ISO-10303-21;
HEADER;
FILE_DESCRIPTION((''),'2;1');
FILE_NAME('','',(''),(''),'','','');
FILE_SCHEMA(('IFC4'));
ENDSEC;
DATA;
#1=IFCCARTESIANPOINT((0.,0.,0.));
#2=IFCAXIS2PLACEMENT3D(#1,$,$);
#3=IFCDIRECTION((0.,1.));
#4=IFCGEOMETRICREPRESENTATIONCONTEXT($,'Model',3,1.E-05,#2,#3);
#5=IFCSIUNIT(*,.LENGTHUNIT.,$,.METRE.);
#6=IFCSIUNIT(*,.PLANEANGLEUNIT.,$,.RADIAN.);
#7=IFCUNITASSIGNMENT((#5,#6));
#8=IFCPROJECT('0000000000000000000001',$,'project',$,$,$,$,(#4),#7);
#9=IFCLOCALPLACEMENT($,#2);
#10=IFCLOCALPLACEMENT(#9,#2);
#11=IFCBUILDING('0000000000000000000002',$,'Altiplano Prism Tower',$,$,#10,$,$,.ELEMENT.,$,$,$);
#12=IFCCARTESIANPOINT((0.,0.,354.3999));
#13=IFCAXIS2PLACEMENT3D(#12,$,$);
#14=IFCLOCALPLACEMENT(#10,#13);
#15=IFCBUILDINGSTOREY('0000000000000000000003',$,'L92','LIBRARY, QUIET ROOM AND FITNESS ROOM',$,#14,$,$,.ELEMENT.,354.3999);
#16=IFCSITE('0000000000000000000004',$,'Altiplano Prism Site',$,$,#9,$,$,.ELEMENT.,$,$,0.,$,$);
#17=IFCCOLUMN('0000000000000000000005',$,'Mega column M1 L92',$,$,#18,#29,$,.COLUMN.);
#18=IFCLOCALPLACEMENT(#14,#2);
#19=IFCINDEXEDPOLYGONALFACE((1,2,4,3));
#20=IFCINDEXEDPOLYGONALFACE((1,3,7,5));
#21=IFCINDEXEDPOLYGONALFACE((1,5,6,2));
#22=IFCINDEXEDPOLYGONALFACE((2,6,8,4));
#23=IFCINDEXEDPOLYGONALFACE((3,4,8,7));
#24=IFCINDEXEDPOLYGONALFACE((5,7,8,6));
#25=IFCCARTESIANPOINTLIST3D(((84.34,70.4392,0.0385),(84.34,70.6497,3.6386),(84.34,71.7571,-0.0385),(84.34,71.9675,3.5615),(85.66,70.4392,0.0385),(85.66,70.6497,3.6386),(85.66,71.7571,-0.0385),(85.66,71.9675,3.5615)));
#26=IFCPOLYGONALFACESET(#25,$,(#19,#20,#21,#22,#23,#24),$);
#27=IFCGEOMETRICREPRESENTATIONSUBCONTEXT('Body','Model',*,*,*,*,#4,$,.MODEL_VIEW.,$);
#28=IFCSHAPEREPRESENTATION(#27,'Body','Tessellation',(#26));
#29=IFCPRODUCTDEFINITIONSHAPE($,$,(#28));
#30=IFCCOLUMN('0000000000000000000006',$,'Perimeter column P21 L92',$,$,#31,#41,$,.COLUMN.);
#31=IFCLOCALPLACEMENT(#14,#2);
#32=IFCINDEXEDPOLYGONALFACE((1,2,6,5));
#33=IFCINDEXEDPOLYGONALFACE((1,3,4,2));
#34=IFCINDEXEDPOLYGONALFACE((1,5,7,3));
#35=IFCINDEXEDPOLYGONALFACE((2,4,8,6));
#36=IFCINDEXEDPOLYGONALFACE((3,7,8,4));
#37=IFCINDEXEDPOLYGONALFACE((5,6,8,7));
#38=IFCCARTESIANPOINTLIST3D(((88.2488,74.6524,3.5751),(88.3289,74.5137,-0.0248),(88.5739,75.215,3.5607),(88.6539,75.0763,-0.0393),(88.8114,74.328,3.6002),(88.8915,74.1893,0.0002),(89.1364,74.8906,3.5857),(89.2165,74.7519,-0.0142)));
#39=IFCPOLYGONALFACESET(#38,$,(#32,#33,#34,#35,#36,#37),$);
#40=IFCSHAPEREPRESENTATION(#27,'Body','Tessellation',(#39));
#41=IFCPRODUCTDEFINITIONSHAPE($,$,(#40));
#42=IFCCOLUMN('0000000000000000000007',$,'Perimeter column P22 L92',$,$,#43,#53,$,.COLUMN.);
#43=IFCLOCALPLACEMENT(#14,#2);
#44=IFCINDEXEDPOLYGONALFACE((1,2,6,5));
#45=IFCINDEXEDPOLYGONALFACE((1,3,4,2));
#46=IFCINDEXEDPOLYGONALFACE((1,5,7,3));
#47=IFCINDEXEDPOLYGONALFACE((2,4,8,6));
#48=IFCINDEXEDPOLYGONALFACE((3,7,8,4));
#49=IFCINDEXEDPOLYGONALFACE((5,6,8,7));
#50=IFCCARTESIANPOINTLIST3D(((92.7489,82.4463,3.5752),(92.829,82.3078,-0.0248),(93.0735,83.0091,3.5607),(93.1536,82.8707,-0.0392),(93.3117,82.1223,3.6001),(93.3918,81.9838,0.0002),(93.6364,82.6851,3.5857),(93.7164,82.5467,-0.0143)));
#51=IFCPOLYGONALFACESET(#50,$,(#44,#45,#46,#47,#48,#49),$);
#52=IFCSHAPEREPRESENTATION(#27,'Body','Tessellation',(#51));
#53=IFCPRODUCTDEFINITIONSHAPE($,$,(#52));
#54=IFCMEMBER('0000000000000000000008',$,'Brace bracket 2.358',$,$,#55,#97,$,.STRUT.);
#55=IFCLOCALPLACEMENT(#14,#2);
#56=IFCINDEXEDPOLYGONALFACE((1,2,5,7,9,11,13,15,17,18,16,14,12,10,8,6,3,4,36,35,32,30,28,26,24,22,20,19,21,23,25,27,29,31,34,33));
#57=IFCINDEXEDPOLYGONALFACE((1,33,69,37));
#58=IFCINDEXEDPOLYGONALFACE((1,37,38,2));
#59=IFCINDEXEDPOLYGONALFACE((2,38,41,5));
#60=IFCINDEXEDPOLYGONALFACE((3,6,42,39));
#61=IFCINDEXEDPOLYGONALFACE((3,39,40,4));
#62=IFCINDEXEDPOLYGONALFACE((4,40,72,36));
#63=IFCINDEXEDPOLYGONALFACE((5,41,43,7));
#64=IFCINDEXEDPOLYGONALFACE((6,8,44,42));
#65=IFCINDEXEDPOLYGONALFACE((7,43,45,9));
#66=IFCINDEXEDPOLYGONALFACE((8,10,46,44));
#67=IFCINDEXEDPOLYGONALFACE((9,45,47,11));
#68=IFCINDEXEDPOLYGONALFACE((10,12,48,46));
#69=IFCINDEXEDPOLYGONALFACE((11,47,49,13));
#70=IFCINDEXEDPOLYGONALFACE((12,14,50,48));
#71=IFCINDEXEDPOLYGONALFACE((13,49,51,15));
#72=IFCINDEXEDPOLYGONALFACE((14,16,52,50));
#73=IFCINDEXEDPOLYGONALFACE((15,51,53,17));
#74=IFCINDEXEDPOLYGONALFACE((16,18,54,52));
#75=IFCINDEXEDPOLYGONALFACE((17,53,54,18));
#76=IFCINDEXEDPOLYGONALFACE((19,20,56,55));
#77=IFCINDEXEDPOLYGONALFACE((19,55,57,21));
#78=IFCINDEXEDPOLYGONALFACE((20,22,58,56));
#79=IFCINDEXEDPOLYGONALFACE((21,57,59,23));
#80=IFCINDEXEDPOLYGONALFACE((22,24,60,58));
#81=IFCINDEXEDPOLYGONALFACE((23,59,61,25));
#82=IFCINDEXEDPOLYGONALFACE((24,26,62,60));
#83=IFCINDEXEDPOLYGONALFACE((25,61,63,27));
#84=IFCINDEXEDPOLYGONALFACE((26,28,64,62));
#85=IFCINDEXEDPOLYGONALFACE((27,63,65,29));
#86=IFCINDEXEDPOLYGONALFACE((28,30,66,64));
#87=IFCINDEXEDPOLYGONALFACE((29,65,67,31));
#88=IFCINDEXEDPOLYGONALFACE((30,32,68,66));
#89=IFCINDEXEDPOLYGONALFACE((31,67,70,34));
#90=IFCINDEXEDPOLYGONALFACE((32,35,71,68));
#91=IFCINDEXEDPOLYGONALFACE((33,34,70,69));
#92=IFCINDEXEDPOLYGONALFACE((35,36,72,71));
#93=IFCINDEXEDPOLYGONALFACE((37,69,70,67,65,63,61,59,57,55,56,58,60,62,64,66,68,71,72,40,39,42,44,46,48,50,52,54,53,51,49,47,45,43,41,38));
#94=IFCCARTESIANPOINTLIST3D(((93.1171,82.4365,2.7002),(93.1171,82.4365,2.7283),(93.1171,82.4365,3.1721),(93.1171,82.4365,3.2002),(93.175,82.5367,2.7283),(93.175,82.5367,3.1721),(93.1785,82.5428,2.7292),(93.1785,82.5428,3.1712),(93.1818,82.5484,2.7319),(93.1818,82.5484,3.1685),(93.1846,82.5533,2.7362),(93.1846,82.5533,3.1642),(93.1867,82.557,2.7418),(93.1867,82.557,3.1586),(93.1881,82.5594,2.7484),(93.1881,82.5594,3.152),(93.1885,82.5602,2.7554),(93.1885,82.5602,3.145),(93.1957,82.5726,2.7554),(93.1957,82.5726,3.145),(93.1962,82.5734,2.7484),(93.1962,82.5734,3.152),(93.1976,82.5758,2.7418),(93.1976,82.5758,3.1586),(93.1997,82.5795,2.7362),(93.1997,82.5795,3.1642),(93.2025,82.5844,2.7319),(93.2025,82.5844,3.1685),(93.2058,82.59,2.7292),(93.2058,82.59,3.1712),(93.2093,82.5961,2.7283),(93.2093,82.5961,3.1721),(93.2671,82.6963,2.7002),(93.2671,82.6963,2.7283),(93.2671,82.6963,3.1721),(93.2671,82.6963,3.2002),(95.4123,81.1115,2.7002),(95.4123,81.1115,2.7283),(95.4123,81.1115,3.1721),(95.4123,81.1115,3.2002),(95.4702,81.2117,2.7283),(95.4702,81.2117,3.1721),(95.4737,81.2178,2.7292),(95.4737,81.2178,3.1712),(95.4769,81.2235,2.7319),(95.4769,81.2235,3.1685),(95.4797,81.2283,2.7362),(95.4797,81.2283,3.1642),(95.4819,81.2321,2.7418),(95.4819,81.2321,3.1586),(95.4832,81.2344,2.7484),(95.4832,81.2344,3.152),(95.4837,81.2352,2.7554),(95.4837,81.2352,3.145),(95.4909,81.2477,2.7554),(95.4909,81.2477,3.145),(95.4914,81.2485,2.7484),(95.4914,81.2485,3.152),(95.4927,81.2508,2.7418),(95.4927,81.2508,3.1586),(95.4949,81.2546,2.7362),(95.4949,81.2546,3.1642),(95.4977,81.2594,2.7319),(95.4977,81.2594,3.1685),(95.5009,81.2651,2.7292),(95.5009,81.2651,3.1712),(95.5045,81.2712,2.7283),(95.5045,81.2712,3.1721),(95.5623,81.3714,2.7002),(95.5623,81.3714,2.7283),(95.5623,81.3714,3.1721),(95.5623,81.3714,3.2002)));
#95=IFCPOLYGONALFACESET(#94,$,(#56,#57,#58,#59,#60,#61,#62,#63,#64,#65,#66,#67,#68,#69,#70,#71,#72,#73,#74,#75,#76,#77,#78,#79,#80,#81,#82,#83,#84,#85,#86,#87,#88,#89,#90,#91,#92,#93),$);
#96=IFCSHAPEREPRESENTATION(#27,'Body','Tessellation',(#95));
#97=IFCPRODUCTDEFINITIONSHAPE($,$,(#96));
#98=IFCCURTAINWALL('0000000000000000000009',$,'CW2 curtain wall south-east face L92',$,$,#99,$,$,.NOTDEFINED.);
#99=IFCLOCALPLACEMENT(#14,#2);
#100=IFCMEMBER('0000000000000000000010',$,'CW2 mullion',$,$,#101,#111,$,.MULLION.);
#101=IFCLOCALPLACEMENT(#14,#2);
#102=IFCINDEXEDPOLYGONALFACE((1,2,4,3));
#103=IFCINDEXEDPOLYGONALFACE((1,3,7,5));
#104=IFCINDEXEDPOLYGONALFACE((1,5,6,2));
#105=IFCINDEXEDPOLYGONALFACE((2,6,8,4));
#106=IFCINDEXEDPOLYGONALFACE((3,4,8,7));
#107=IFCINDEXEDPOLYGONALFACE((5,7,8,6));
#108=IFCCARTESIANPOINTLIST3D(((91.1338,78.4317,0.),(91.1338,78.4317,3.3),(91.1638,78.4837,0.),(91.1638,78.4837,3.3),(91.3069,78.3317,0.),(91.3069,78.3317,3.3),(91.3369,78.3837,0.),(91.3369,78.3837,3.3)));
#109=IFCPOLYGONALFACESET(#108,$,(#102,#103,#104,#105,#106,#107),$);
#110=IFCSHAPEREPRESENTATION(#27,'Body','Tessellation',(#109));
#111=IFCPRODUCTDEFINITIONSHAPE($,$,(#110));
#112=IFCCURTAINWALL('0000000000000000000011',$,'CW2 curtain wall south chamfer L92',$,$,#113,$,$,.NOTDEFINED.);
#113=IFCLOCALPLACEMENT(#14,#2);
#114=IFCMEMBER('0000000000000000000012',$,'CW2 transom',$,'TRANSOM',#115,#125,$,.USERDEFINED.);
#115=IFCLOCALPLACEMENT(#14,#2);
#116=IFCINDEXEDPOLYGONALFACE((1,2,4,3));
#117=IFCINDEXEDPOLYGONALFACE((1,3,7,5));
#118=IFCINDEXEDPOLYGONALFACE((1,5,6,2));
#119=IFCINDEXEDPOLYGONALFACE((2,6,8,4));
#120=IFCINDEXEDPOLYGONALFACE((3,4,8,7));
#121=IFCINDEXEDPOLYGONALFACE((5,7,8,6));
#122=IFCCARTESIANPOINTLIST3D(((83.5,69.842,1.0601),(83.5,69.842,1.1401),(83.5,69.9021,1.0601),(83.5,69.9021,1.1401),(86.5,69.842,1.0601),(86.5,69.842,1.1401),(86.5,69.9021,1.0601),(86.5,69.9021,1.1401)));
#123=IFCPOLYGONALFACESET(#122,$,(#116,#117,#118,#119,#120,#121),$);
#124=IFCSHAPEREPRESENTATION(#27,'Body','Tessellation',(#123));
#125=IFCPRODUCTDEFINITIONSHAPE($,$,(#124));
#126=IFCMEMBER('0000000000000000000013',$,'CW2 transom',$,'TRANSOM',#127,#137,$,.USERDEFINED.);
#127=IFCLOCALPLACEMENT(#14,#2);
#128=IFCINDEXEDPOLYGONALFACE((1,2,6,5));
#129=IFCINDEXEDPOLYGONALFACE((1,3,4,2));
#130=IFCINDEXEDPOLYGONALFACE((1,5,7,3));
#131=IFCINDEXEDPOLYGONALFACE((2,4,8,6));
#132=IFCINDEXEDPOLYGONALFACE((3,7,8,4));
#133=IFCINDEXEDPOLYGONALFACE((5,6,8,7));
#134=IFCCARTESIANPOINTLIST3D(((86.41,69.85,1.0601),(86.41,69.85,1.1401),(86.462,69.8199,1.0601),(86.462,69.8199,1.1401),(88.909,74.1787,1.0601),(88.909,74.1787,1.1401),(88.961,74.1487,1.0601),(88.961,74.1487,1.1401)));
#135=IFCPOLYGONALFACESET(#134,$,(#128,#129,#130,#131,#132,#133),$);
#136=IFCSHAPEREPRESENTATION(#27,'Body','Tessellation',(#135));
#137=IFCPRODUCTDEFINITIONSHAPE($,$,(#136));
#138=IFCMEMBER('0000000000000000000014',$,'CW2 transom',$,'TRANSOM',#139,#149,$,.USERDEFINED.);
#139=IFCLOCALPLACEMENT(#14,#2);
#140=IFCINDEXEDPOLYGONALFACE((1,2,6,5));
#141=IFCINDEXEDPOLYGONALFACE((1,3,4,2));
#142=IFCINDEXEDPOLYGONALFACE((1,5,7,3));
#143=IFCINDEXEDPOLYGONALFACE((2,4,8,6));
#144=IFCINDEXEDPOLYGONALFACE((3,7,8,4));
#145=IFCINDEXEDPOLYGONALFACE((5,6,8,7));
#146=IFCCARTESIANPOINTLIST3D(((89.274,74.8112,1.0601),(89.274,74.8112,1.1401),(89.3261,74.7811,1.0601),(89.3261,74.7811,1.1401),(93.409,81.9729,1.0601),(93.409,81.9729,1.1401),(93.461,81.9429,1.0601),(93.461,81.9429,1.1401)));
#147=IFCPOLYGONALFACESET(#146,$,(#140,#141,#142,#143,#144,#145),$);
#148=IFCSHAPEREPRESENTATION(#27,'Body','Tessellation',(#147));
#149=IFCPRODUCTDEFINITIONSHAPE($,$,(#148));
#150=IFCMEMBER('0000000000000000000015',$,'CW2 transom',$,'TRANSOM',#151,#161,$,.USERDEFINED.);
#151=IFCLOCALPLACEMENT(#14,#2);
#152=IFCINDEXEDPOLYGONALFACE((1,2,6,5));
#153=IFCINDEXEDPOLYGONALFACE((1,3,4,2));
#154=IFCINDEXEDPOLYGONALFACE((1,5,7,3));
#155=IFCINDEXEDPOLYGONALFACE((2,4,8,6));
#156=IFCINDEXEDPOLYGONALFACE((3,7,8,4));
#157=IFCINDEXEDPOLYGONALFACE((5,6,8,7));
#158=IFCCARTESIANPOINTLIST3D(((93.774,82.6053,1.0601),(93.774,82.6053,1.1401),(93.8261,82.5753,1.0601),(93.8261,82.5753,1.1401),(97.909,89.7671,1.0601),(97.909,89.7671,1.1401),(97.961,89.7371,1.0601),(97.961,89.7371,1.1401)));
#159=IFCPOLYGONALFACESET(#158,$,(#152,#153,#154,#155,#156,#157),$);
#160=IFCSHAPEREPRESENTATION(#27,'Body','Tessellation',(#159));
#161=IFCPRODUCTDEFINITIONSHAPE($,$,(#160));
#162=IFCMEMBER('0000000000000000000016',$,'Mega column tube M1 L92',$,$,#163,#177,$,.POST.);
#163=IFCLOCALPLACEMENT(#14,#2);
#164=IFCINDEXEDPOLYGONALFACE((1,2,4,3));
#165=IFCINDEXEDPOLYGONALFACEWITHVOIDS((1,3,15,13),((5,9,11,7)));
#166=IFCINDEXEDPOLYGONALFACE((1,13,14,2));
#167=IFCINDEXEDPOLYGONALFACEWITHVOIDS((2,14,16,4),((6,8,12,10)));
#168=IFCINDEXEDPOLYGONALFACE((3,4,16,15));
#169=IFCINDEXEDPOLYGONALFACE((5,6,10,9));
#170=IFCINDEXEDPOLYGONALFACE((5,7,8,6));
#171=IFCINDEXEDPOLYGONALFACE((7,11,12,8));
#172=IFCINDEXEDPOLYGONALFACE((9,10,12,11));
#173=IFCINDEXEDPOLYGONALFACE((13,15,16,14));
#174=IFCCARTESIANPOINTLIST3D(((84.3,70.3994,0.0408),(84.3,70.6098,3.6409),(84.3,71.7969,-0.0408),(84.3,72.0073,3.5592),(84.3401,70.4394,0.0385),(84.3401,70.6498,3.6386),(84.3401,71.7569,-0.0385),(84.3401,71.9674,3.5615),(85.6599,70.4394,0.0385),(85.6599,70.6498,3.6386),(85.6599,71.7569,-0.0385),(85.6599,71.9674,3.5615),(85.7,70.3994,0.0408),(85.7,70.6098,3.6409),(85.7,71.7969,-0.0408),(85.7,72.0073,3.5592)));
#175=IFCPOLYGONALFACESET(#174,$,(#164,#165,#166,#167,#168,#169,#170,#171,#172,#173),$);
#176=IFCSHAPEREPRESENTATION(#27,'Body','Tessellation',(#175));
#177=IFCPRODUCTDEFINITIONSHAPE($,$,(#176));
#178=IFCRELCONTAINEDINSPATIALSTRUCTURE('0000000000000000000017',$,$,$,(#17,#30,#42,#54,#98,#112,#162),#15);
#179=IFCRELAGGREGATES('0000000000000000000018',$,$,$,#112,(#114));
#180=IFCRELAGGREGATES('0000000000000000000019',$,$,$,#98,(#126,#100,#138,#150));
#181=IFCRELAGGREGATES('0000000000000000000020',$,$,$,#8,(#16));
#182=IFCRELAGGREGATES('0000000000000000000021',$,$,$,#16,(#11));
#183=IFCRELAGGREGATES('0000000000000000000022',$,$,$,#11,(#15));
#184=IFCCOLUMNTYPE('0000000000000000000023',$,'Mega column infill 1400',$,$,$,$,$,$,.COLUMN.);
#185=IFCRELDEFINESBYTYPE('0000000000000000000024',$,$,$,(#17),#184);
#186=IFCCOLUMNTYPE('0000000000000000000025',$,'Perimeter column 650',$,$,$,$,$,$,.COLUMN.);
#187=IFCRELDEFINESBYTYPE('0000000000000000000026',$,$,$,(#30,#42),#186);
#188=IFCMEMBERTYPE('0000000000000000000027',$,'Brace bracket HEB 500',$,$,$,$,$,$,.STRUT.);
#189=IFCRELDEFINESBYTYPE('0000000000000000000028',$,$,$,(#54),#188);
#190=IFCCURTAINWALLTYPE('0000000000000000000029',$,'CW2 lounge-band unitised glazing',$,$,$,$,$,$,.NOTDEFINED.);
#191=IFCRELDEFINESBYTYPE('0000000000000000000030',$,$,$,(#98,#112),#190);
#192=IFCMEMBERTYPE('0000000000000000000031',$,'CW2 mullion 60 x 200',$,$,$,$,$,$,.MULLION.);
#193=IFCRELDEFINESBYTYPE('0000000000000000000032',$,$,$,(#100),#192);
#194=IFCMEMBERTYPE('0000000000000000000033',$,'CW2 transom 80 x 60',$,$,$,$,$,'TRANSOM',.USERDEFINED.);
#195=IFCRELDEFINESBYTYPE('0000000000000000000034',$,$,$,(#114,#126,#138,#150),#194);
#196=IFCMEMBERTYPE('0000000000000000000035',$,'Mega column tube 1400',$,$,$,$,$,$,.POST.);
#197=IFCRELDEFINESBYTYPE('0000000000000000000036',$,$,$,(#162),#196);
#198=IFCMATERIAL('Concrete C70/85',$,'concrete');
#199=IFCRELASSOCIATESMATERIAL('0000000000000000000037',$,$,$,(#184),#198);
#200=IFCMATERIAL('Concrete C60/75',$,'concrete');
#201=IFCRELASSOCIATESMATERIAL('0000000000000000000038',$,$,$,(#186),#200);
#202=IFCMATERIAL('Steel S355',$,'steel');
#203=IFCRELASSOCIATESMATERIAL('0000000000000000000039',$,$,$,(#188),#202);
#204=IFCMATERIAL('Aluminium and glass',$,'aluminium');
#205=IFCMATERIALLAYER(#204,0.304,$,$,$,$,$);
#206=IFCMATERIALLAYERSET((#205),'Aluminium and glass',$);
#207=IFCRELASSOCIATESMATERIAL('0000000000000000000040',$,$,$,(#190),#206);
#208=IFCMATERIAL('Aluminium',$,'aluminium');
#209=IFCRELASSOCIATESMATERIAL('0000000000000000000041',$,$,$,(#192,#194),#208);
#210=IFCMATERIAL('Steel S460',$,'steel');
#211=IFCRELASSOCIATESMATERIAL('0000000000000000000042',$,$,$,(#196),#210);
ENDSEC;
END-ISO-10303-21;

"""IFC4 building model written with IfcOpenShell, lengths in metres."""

from ifc_helpers import new_model, si_unit, direction, frame, origin, origin_2d, place, context, subcontext, project, spatial, rectangle, hollow_rectangle, i_section, extrude, material, layer, layer_set, material_profile, profile_set, type_object, element, aggregate, save


model = new_model("IFC4")

# Units and contexts
model_context = context("Model", 3, precision=1e-05, world=origin(), true_north=direction((0.0, 1.0)))
body_context = subcontext(model_context, "Body", "Model", "MODEL_VIEW")
ifc_project = project(units=[si_unit("LENGTHUNIT", "METRE"), si_unit("PLANEANGLEUNIT", "RADIAN")], contexts=[model_context])

# Site, building, storey
site_placement = place(None, origin())
site = spatial("IfcSite", under=ifc_project, at=site_placement, Name="Altiplano Prism Site", CompositionType="ELEMENT", RefElevation=0.0)
building_placement = place(site_placement, origin())
building = spatial("IfcBuilding", under=site, at=building_placement, Name="Altiplano Prism Tower", CompositionType="ELEMENT")
storey_placement = place(building_placement, frame((0.0, 0.0, 354.3999)))
storey = spatial("IfcBuildingStorey", under=building, at=storey_placement, Name="L92", Description="LIBRARY, QUIET ROOM AND FITNESS ROOM", CompositionType="ELEMENT", Elevation=354.3999)

# Columns
ifc_material_1 = material(Name="Concrete C70/85", Category="concrete")
ifc_material_profile_1 = material_profile(ifc_material_1, rectangle(XDim=1.3201, YDim=1.3201, at=origin_2d()), Name="Mega column infill 1400")
ifc_profile_set_1 = profile_set([ifc_material_profile_1], Name="Concrete C70/85")
column_type_1 = type_object("IfcColumnType", Name="Mega column infill 1400", PredefinedType="COLUMN", material=ifc_profile_set_1)
column_placement = place(storey_placement, frame((85.0, 71.0981, 0.0), z_axis=(0.0, 0.058357, 0.998296), x_axis=(-1.0, 0.0, 0.0)))
element("IfcColumn", 1, at=column_placement, inside=storey, type_object=column_type_1, Name="Mega column M1 L92", PredefinedType="COLUMN", context=body_context, shape_type="SweptSolid", body=[
    extrude(rectangle(XDim=1.3201, YDim=1.3201, at=origin_2d()), origin(), (0.0, 0.0, 1.0), 3.6062),
])
ifc_material_2 = material(Name="Concrete C60/75", Category="concrete")
ifc_material_profile_2 = material_profile(ifc_material_2, rectangle(XDim=0.6499, YDim=0.6499, at=origin_2d()), Name="Perimeter column 650")
ifc_profile_set_2 = profile_set([ifc_material_profile_2], Name="Concrete C60/75")
column_type_2 = type_object("IfcColumnType", Name="Perimeter column 650", PredefinedType="COLUMN", material=ifc_profile_set_2)
for number, where, z_axis, x_axis, name in (
    (2, (88.7727, 74.6328, -0.0195), (-0.022223, 0.038483, 0.999012), (-0.500175, -0.865639, 0.022219), "Perimeter column P21 L92"),
    (3, (93.2727, 82.4272, -0.0195), (-0.022223, 0.038416, 0.999015), (-0.499513, -0.866022, 0.02219), "Perimeter column P22 L92"),
):
    element("IfcColumn", number, at=place(storey_placement, frame(where, z_axis=z_axis, x_axis=x_axis)), inside=storey, type_object=column_type_2, Name=name, PredefinedType="COLUMN", context=body_context, shape_type="SweptSolid", body=[
        extrude(rectangle(XDim=0.6499, YDim=0.6499, at=origin_2d()), origin(), (0.0, 0.0, 1.0), 3.6035),
    ])

# Member
ifc_material_3 = material(Name="Steel S355", Category="steel")
ifc_material_profile_3 = material_profile(ifc_material_3, i_section(OverallWidth=0.3, OverallDepth=0.5, WebThickness=0.0144, FlangeThickness=0.0281, FilletRadius=0.0271, at=origin_2d()), Name="Brace bracket HEB 500")
ifc_profile_set_3 = profile_set([ifc_material_profile_3], Name="Steel S355")
member_type_1 = type_object("IfcMemberType", Name="Brace bracket HEB 500", PredefinedType="STRUT", material=ifc_profile_set_3)
member_1_placement = place(storey_placement, frame((93.1921, 82.5664, 2.9502), z_axis=(0.866052, -0.499954, 0.0), x_axis=(0.499954, 0.866052, 0.0)))
element("IfcMember", 4, at=member_1_placement, inside=storey, type_object=member_type_1, Name="Brace bracket 2.358", PredefinedType="STRUT", context=body_context, shape_type="SweptSolid", body=[
    extrude(i_section(OverallWidth=0.3, OverallDepth=0.5, WebThickness=0.0144, FlangeThickness=0.0281, FilletRadius=0.0271, at=origin_2d()), origin(), (0.0, 0.0, 1.0), 2.6501),
])

# Curtain walls, members
ifc_material_4 = material(Name="Aluminium and glass", Category="aluminium")
ifc_layer_1 = layer(ifc_material_4, 0.304)
ifc_layer_set_1 = layer_set([ifc_layer_1], Name="Aluminium and glass")
curtain_wall_type = type_object("IfcCurtainWallType", Name="CW2 lounge-band unitised glazing", PredefinedType="NOTDEFINED", material=ifc_layer_set_1)
curtain_wall_1_placement = place(storey_placement, origin())
curtain_wall_1 = element("IfcCurtainWall", 5, at=curtain_wall_1_placement, inside=storey, type_object=curtain_wall_type, Name="CW2 curtain wall south-east face L92", PredefinedType="NOTDEFINED")
ifc_material_5 = material(Name="Aluminium", Category="aluminium")
ifc_material_profile_4 = material_profile(ifc_material_5, rectangle(XDim=0.2, YDim=0.0601, at=origin_2d()), Name="CW2 mullion 60 x 200")
ifc_profile_set_4 = profile_set([ifc_material_profile_4], Name="Aluminium")
member_type_2 = type_object("IfcMemberType", Name="CW2 mullion 60 x 200", PredefinedType="MULLION", material=ifc_profile_set_4)
member_2_placement = place(storey_placement, frame((91.2354, 78.4077, 0.0), z_axis=(0.0, 0.0, 1.0), x_axis=(-0.866025, 0.5, 0.0)))
member_2 = element("IfcMember", 6, at=member_2_placement, type_object=member_type_2, Name="CW2 mullion", PredefinedType="MULLION", context=body_context, shape_type="SweptSolid", body=[
    extrude(rectangle(XDim=0.2, YDim=0.0601, at=origin_2d()), origin(), (0.0, 0.0, 1.0), 3.3),
])
curtain_wall_2_placement = place(storey_placement, origin())
curtain_wall_2 = element("IfcCurtainWall", 7, at=curtain_wall_2_placement, inside=storey, type_object=curtain_wall_type, Name="CW2 curtain wall south chamfer L92", PredefinedType="NOTDEFINED")
ifc_material_profile_5 = material_profile(ifc_material_5, rectangle(XDim=0.0601, YDim=0.0801, at=origin_2d()), Name="CW2 transom 80 x 60")
ifc_profile_set_5 = profile_set([ifc_material_profile_5], Name="Aluminium")
member_type_3 = type_object("IfcMemberType", Name="CW2 transom 80 x 60", ElementType="TRANSOM", PredefinedType="USERDEFINED", material=ifc_profile_set_5)
member_3_placement = place(storey_placement, frame((83.5, 69.8721, 1.1001), z_axis=(1.0, 0.0, 0.0), x_axis=(0.0, 1.0, 0.0)))
member_3 = element("IfcMember", 8, at=member_3_placement, type_object=member_type_3, Name="CW2 transom", ObjectType="TRANSOM", PredefinedType="USERDEFINED", context=body_context, shape_type="SweptSolid", body=[
    extrude(rectangle(XDim=0.0601, YDim=0.0801, at=origin_2d()), origin(), (0.0, 0.0, 1.0), 3.0),
])

# Members
member_4_placement = place(storey_placement, frame((86.436, 69.835, 1.1001), z_axis=(0.499963, 0.866047, 0.0), x_axis=(-0.866047, 0.499963, 0.0)))
member_4 = element("IfcMember", 9, at=member_4_placement, type_object=member_type_3, Name="CW2 transom", ObjectType="TRANSOM", PredefinedType="USERDEFINED", context=body_context, shape_type="SweptSolid", body=[
    extrude(rectangle(XDim=0.0601, YDim=0.0801, at=origin_2d()), origin(), (0.0, 0.0, 1.0), 4.9983),
])
member_5_placement = place(storey_placement, frame((89.3, 74.7961, 1.1001), z_axis=(0.50001, 0.86602, 0.0), x_axis=(-0.86602, 0.50001, 0.0)))
member_5 = element("IfcMember", 10, at=member_5_placement, type_object=member_type_3, Name="CW2 transom", ObjectType="TRANSOM", PredefinedType="USERDEFINED", context=body_context, shape_type="SweptSolid", body=[
    extrude(rectangle(XDim=0.0601, YDim=0.0801, at=origin_2d()), origin(), (0.0, 0.0, 1.0), 8.2698),
])
member_6_placement = place(storey_placement, frame((93.8, 82.5903, 1.1001), z_axis=(0.50001, 0.86602, 0.0), x_axis=(-0.86602, 0.50001, 0.0)))
member_6 = element("IfcMember", 11, at=member_6_placement, type_object=member_type_3, Name="CW2 transom", ObjectType="TRANSOM", PredefinedType="USERDEFINED", context=body_context, shape_type="SweptSolid", body=[
    extrude(rectangle(XDim=0.0601, YDim=0.0801, at=origin_2d()), origin(), (0.0, 0.0, 1.0), 8.2698),
])
ifc_material_6 = material(Name="Steel S460", Category="steel")
ifc_material_profile_6 = material_profile(ifc_material_6, hollow_rectangle(XDim=1.3999, YDim=1.3999, WallThickness=0.04, at=origin_2d()), Name="Mega column tube 1400")
ifc_profile_set_6 = profile_set([ifc_material_profile_6], Name="Steel S460")
member_type_4 = type_object("IfcMemberType", Name="Mega column tube 1400", PredefinedType="POST", material=ifc_profile_set_6)
member_7_placement = place(storey_placement, frame((85.0, 71.0981, 0.0), z_axis=(0.0, 0.058357, 0.998296), x_axis=(-1.0, 0.0, 0.0)))
element("IfcMember", 12, at=member_7_placement, inside=storey, type_object=member_type_4, Name="Mega column tube M1 L92", PredefinedType="POST", context=body_context, shape_type="SweptSolid", body=[
    extrude(hollow_rectangle(XDim=1.3999, YDim=1.3999, WallThickness=0.04, at=origin_2d()), origin(), (0.0, 0.0, 1.0), 3.6062),
])

aggregate(curtain_wall_2, [member_3])
aggregate(curtain_wall_1, [member_4, member_2, member_5, member_6])

save(model, "model.ifc")
